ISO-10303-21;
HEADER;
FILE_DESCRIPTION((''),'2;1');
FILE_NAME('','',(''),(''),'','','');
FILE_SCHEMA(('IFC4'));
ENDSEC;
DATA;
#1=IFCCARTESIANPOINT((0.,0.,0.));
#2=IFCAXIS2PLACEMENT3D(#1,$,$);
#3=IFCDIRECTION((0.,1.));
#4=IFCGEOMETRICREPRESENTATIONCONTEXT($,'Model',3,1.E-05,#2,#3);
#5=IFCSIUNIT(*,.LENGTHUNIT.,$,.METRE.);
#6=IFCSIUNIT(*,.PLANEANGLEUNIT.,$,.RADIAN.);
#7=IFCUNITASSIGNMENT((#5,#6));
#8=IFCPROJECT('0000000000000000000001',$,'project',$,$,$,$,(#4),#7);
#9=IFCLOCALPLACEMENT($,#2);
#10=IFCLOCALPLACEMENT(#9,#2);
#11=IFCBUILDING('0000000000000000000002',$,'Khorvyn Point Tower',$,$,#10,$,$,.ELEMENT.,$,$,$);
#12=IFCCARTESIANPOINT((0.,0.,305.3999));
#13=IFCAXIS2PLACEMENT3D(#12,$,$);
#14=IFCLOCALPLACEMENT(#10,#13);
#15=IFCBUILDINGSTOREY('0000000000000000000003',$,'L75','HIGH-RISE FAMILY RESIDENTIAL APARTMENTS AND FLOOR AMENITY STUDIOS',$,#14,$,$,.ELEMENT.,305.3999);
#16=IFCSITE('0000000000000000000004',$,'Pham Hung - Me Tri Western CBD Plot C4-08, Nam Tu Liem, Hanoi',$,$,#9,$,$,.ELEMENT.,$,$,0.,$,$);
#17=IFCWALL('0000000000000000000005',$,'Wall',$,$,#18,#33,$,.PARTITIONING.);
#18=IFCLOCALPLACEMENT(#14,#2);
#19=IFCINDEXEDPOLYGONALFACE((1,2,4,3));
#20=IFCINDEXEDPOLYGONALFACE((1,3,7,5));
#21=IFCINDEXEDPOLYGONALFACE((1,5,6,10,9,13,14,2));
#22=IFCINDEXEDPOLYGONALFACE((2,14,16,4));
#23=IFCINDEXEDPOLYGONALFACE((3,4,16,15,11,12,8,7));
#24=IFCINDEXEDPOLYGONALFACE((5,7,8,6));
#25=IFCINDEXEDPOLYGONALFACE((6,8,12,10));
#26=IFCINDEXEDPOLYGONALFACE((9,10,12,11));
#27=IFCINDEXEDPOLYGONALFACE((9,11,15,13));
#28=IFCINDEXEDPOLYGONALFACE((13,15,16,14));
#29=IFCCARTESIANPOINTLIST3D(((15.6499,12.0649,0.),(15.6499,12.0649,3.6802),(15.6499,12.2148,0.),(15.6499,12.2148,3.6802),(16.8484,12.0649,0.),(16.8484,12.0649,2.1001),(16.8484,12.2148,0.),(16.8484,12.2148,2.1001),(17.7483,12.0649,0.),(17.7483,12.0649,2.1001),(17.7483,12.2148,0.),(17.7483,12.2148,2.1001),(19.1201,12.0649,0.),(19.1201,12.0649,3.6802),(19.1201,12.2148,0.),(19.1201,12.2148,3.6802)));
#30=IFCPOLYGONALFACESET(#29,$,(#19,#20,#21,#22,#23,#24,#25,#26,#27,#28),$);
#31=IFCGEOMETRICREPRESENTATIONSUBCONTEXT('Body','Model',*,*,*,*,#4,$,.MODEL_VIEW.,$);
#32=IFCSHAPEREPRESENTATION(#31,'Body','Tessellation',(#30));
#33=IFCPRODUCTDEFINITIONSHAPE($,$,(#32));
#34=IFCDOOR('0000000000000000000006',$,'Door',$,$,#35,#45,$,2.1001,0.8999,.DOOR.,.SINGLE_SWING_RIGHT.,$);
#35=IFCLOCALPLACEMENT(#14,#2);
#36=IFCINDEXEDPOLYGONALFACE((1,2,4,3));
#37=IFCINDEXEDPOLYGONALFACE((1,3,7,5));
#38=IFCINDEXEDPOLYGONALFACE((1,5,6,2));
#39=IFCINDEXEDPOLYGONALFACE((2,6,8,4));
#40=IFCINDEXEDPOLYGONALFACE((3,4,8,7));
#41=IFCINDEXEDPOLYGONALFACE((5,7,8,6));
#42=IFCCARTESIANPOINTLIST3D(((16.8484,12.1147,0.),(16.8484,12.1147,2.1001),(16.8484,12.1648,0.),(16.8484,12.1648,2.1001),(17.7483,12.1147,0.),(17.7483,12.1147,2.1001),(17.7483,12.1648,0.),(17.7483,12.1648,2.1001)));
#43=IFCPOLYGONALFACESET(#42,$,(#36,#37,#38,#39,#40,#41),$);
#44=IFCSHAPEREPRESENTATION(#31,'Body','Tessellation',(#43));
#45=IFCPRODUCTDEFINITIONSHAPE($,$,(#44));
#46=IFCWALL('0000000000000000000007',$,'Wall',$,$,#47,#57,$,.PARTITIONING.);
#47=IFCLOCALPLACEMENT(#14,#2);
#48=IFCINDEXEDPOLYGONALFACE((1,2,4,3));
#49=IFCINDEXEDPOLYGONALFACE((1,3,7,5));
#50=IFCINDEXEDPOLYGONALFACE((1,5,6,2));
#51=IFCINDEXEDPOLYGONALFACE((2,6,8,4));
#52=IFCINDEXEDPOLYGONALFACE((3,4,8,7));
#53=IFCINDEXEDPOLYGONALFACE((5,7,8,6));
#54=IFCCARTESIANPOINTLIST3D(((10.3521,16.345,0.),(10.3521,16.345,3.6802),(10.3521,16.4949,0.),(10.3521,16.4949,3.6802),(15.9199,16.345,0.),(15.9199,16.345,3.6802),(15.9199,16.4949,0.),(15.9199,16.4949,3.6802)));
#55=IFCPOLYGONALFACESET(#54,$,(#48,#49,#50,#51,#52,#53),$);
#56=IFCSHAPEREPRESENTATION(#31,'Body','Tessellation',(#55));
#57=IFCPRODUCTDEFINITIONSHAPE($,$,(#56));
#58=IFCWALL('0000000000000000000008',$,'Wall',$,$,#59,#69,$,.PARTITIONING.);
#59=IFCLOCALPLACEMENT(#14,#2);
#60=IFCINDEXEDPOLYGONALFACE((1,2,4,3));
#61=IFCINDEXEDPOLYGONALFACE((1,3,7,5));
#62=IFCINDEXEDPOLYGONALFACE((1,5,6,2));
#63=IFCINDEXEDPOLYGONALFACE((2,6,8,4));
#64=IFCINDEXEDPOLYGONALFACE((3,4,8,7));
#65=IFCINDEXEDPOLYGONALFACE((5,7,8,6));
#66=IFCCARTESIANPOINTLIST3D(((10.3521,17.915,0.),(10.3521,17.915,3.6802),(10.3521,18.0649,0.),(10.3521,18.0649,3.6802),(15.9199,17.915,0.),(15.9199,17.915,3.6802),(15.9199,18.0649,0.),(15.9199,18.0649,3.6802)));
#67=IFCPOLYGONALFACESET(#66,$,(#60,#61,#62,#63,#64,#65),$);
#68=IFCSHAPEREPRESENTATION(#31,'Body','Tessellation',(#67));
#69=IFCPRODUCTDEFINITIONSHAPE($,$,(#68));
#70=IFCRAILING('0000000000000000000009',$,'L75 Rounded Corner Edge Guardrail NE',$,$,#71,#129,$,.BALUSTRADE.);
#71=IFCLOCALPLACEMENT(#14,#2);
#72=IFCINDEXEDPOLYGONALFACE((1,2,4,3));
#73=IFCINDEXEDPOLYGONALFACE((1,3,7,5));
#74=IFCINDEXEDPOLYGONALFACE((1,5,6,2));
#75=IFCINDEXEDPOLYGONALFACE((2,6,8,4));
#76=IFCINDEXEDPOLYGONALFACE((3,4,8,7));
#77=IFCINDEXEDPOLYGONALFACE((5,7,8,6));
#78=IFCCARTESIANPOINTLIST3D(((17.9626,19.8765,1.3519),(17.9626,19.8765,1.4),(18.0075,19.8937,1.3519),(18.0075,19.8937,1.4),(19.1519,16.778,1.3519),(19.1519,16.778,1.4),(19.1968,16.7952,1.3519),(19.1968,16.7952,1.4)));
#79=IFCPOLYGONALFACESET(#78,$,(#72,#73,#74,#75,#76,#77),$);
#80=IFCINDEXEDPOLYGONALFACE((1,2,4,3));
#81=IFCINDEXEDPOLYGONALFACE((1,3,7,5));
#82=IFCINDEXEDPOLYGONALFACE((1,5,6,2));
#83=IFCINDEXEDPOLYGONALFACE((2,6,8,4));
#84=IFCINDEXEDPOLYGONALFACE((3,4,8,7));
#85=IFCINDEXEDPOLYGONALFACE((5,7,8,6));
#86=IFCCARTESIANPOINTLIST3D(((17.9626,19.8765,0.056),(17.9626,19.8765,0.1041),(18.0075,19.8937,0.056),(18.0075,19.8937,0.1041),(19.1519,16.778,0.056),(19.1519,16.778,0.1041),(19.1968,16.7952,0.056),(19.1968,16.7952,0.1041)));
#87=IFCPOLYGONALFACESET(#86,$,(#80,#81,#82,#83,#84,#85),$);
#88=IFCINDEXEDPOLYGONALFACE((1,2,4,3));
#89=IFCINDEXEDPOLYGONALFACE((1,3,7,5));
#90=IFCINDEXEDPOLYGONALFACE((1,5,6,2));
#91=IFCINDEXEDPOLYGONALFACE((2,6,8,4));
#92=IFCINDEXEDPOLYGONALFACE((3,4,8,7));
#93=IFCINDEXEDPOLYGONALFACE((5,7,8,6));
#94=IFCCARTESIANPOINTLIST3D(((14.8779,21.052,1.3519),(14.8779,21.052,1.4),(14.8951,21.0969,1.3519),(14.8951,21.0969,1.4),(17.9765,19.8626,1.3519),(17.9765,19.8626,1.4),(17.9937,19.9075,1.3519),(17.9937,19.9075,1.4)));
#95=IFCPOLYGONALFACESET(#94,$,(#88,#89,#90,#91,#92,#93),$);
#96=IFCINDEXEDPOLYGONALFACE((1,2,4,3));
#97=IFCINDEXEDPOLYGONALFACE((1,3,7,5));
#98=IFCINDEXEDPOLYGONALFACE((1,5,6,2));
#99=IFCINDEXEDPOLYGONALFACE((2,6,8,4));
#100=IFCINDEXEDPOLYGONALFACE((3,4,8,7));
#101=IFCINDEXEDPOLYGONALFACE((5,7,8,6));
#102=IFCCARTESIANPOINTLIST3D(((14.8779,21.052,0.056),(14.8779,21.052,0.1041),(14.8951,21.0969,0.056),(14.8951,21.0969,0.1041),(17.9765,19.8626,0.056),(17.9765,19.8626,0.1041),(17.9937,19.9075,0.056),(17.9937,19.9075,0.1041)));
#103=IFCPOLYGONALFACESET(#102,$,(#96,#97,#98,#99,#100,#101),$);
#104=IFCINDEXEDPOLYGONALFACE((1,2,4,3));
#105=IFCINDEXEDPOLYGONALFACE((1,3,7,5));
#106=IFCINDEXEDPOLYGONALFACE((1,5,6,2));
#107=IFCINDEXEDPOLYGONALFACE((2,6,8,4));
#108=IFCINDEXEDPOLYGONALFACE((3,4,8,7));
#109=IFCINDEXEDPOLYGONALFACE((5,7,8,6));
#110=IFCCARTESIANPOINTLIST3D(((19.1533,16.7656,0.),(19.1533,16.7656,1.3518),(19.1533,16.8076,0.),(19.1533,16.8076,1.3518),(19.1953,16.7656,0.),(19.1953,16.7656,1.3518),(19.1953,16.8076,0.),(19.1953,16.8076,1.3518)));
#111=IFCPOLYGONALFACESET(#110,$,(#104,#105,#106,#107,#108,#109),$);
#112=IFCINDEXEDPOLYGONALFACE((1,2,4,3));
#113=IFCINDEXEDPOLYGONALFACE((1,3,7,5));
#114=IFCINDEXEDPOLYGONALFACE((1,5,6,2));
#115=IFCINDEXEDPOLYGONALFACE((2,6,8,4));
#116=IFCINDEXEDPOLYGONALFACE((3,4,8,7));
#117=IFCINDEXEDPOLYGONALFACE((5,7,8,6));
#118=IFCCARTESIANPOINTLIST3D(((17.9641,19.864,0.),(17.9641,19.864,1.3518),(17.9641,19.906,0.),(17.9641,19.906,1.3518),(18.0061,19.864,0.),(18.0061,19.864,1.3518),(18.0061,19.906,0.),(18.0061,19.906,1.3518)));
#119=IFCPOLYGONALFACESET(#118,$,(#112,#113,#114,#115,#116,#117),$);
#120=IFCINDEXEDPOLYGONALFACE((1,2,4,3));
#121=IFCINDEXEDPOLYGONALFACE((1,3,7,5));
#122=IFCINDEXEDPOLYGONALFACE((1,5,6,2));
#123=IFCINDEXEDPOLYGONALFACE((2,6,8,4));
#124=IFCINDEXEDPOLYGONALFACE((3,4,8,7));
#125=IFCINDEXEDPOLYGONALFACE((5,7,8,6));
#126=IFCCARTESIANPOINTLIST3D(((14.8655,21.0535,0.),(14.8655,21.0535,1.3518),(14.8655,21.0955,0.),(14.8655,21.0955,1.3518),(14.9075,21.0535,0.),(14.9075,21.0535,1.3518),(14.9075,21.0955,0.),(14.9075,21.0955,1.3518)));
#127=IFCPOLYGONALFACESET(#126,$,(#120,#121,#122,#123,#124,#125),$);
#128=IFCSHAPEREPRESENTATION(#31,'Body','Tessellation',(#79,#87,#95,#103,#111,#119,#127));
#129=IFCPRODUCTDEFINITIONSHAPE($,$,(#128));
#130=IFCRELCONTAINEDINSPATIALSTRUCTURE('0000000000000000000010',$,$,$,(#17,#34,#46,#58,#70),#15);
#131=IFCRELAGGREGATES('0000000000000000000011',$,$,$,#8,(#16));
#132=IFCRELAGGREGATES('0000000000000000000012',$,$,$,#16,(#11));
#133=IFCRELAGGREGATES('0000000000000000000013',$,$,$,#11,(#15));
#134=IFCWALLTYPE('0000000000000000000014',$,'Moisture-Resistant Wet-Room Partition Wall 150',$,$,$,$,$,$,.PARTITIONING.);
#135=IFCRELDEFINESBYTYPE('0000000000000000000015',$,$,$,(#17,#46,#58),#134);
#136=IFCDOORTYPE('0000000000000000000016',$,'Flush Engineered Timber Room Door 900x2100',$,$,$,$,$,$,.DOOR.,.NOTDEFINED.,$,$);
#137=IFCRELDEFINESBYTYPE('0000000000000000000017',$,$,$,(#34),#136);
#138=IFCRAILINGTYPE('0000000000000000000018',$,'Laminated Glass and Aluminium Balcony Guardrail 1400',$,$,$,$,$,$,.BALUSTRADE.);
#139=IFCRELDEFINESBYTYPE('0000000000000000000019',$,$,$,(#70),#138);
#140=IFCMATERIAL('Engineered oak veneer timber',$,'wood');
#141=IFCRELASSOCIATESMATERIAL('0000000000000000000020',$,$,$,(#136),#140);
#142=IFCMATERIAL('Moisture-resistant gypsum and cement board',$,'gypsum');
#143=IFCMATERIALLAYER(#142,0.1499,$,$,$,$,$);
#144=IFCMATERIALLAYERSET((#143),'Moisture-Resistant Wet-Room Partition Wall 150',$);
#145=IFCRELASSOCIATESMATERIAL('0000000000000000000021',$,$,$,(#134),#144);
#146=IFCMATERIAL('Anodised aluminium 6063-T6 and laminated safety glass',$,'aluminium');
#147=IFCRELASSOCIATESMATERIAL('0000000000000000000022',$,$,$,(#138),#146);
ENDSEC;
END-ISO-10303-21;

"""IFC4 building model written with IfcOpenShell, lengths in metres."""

from ifc_helpers import new_model, si_unit, direction, frame, frame_2d, origin, origin_2d, place, context, subcontext, project, spatial, rectangle, extrude, material, layer, layer_set, type_object, element, fill, save


model = new_model("IFC4")

# Units and contexts
model_context = context("Model", 3, precision=1e-05, world=origin(), true_north=direction((0.0, 1.0)))
body_context = subcontext(model_context, "Body", "Model", "MODEL_VIEW")
ifc_project = project(units=[si_unit("LENGTHUNIT", "METRE"), si_unit("PLANEANGLEUNIT", "RADIAN")], contexts=[model_context])

# Site, building, storey
site_placement = place(None, origin())
site = spatial("IfcSite", under=ifc_project, at=site_placement, Name="Pham Hung - Me Tri Western CBD Plot C4-08, Nam Tu Liem, Hanoi", CompositionType="ELEMENT", RefElevation=0.0)
building_placement = place(site_placement, origin())
building = spatial("IfcBuilding", under=site, at=building_placement, Name="Khorvyn Point Tower", CompositionType="ELEMENT")
storey_placement = place(building_placement, frame((0.0, 0.0, 305.3999)))
storey = spatial("IfcBuildingStorey", under=building, at=storey_placement, Name="L75", Description="HIGH-RISE FAMILY RESIDENTIAL APARTMENTS AND FLOOR AMENITY STUDIOS", CompositionType="ELEMENT", Elevation=305.3999)

# Wall, opening, door
ifc_material_1 = material(Name="Engineered oak veneer timber", Category="wood")
door_type_1 = type_object("IfcDoorType", Name="Flush Engineered Timber Room Door 900x2100", OperationType="NOTDEFINED", PredefinedType="DOOR", material=ifc_material_1)
ifc_material_2 = material(Name="Moisture-resistant gypsum and cement board", Category="gypsum")
ifc_layer_1 = layer(ifc_material_2, 0.1499)
ifc_layer_set_1 = layer_set([ifc_layer_1], Name="Moisture-Resistant Wet-Room Partition Wall 150")
wall_type_1 = type_object("IfcWallType", Name="Moisture-Resistant Wet-Room Partition Wall 150", PredefinedType="PARTITIONING", material=ifc_layer_set_1)
wall_1_placement = place(storey_placement, frame((15.6499, 12.1399, 0.0), z_axis=(0.0, 0.0, 1.0), x_axis=(1.0, 0.0, 0.0)))
wall_1 = element("IfcWall", 1, at=wall_1_placement, inside=storey, type_object=wall_type_1, Name="Wall", PredefinedType="PARTITIONING", context=body_context, shape_type="SweptSolid", body=[
    extrude(rectangle(XDim=3.4702, YDim=0.1499, at=frame_2d((1.7351, 0.0))), origin(), (0.0, 0.0, 1.0), 3.6802),
])
opening_1_placement = place(wall_1_placement, frame((1.1985, 0.0, 0.0)))
opening_1 = element("IfcOpeningElement", 2, at=opening_1_placement, cuts=wall_1, PredefinedType="OPENING", context=body_context, shape_type="SweptSolid", body=[
    extrude(rectangle(XDim=0.8999, YDim=2.1001, at=frame_2d((0.45, 1.05))), frame((0.0, 0.085, 0.0), z_axis=(0.0, -1.0, 0.0), x_axis=(1.0, 0.0, 0.0)), (0.0, 0.0, 1.0), 0.1699),
])
door_1_placement = place(opening_1_placement, origin())
door_1 = element("IfcDoor", 3, at=door_1_placement, inside=storey, type_object=door_type_1, Name="Door", OperationType="SINGLE_SWING_RIGHT", OverallHeight=2.1001, OverallWidth=0.8999, PredefinedType="DOOR", context=body_context, shape_type="SweptSolid", body=[
    extrude(rectangle(XDim=0.8999, YDim=2.1001, at=frame_2d((0.45, 1.05))), frame((0.0, 0.0249, 0.0), z_axis=(0.0, -1.0, 0.0), x_axis=(1.0, 0.0, 0.0)), (0.0, 0.0, 1.0), 0.05),
])
fill(opening_1, door_1)

# Walls
for number, where, z_axis, x_axis, name in (
    (4, (10.3521, 16.4199, 0.0), (0.0, 0.0, 1.0), (1.0, 0.0, 0.0), "Wall"),
    (5, (10.3521, 17.99, 0.0), (0.0, 0.0, 1.0), (1.0, 0.0, 0.0), "Wall"),
):
    element("IfcWall", number, at=place(storey_placement, frame(where, z_axis=z_axis, x_axis=x_axis)), inside=storey, type_object=wall_type_1, Name=name, PredefinedType="PARTITIONING", context=body_context, shape_type="SweptSolid", body=[
        extrude(rectangle(XDim=5.5679, YDim=0.1499, at=frame_2d((2.7839, 0.0))), origin(), (0.0, 0.0, 1.0), 3.6802),
    ])

# Railing
ifc_material_3 = material(Name="Anodised aluminium 6063-T6 and laminated safety glass", Category="aluminium")
railing_type = type_object("IfcRailingType", Name="Laminated Glass and Aluminium Balcony Guardrail 1400", PredefinedType="BALUSTRADE", material=ifc_material_3)
railing_1_placement = place(storey_placement, frame((19.1743, 16.7866, 0.0)))
element("IfcRailing", 6, at=railing_1_placement, inside=storey, type_object=railing_type, Name="L75 Rounded Corner Edge Guardrail NE", PredefinedType="BALUSTRADE", context=body_context, shape_type="SweptSolid", body=[
    extrude(rectangle(XDim=0.0481, YDim=0.0481, at=origin_2d()), frame((0.0, 0.0, 1.376), z_axis=(-0.358328, 0.933596, 0.0), x_axis=(-0.933596, -0.358328, 0.0)), (0.0, 0.0, 1.0), 3.3188),
    extrude(rectangle(XDim=0.0481, YDim=0.0481, at=origin_2d()), frame((0.0, 0.0, 0.0801), z_axis=(-0.358328, 0.933596, 0.0), x_axis=(-0.933596, -0.358328, 0.0)), (0.0, 0.0, 1.0), 3.3188),
    extrude(rectangle(XDim=0.0481, YDim=0.0481, at=origin_2d()), frame((-1.1892, 3.0984, 1.376), z_axis=(-0.93358, 0.358368, 0.0), x_axis=(-0.358368, -0.93358, 0.0)), (0.0, 0.0, 1.0), 3.3191),
    extrude(rectangle(XDim=0.0481, YDim=0.0481, at=origin_2d()), frame((-1.1892, 3.0984, 0.0801), z_axis=(-0.93358, 0.358368, 0.0), x_axis=(-0.358368, -0.93358, 0.0)), (0.0, 0.0, 1.0), 3.3191),
    extrude(rectangle(XDim=0.042, YDim=0.042, at=origin_2d()), origin(), (0.0, 0.0, 1.0), 1.3518),
    extrude(rectangle(XDim=0.042, YDim=0.042, at=origin_2d()), frame((-1.1892, 3.0984, 0.0)), (0.0, 0.0, 1.0), 1.3518),
    extrude(rectangle(XDim=0.042, YDim=0.042, at=origin_2d()), frame((-4.2878, 4.2878, 0.0)), (0.0, 0.0, 1.0), 1.3518),
])

save(model, "model.ifc")
